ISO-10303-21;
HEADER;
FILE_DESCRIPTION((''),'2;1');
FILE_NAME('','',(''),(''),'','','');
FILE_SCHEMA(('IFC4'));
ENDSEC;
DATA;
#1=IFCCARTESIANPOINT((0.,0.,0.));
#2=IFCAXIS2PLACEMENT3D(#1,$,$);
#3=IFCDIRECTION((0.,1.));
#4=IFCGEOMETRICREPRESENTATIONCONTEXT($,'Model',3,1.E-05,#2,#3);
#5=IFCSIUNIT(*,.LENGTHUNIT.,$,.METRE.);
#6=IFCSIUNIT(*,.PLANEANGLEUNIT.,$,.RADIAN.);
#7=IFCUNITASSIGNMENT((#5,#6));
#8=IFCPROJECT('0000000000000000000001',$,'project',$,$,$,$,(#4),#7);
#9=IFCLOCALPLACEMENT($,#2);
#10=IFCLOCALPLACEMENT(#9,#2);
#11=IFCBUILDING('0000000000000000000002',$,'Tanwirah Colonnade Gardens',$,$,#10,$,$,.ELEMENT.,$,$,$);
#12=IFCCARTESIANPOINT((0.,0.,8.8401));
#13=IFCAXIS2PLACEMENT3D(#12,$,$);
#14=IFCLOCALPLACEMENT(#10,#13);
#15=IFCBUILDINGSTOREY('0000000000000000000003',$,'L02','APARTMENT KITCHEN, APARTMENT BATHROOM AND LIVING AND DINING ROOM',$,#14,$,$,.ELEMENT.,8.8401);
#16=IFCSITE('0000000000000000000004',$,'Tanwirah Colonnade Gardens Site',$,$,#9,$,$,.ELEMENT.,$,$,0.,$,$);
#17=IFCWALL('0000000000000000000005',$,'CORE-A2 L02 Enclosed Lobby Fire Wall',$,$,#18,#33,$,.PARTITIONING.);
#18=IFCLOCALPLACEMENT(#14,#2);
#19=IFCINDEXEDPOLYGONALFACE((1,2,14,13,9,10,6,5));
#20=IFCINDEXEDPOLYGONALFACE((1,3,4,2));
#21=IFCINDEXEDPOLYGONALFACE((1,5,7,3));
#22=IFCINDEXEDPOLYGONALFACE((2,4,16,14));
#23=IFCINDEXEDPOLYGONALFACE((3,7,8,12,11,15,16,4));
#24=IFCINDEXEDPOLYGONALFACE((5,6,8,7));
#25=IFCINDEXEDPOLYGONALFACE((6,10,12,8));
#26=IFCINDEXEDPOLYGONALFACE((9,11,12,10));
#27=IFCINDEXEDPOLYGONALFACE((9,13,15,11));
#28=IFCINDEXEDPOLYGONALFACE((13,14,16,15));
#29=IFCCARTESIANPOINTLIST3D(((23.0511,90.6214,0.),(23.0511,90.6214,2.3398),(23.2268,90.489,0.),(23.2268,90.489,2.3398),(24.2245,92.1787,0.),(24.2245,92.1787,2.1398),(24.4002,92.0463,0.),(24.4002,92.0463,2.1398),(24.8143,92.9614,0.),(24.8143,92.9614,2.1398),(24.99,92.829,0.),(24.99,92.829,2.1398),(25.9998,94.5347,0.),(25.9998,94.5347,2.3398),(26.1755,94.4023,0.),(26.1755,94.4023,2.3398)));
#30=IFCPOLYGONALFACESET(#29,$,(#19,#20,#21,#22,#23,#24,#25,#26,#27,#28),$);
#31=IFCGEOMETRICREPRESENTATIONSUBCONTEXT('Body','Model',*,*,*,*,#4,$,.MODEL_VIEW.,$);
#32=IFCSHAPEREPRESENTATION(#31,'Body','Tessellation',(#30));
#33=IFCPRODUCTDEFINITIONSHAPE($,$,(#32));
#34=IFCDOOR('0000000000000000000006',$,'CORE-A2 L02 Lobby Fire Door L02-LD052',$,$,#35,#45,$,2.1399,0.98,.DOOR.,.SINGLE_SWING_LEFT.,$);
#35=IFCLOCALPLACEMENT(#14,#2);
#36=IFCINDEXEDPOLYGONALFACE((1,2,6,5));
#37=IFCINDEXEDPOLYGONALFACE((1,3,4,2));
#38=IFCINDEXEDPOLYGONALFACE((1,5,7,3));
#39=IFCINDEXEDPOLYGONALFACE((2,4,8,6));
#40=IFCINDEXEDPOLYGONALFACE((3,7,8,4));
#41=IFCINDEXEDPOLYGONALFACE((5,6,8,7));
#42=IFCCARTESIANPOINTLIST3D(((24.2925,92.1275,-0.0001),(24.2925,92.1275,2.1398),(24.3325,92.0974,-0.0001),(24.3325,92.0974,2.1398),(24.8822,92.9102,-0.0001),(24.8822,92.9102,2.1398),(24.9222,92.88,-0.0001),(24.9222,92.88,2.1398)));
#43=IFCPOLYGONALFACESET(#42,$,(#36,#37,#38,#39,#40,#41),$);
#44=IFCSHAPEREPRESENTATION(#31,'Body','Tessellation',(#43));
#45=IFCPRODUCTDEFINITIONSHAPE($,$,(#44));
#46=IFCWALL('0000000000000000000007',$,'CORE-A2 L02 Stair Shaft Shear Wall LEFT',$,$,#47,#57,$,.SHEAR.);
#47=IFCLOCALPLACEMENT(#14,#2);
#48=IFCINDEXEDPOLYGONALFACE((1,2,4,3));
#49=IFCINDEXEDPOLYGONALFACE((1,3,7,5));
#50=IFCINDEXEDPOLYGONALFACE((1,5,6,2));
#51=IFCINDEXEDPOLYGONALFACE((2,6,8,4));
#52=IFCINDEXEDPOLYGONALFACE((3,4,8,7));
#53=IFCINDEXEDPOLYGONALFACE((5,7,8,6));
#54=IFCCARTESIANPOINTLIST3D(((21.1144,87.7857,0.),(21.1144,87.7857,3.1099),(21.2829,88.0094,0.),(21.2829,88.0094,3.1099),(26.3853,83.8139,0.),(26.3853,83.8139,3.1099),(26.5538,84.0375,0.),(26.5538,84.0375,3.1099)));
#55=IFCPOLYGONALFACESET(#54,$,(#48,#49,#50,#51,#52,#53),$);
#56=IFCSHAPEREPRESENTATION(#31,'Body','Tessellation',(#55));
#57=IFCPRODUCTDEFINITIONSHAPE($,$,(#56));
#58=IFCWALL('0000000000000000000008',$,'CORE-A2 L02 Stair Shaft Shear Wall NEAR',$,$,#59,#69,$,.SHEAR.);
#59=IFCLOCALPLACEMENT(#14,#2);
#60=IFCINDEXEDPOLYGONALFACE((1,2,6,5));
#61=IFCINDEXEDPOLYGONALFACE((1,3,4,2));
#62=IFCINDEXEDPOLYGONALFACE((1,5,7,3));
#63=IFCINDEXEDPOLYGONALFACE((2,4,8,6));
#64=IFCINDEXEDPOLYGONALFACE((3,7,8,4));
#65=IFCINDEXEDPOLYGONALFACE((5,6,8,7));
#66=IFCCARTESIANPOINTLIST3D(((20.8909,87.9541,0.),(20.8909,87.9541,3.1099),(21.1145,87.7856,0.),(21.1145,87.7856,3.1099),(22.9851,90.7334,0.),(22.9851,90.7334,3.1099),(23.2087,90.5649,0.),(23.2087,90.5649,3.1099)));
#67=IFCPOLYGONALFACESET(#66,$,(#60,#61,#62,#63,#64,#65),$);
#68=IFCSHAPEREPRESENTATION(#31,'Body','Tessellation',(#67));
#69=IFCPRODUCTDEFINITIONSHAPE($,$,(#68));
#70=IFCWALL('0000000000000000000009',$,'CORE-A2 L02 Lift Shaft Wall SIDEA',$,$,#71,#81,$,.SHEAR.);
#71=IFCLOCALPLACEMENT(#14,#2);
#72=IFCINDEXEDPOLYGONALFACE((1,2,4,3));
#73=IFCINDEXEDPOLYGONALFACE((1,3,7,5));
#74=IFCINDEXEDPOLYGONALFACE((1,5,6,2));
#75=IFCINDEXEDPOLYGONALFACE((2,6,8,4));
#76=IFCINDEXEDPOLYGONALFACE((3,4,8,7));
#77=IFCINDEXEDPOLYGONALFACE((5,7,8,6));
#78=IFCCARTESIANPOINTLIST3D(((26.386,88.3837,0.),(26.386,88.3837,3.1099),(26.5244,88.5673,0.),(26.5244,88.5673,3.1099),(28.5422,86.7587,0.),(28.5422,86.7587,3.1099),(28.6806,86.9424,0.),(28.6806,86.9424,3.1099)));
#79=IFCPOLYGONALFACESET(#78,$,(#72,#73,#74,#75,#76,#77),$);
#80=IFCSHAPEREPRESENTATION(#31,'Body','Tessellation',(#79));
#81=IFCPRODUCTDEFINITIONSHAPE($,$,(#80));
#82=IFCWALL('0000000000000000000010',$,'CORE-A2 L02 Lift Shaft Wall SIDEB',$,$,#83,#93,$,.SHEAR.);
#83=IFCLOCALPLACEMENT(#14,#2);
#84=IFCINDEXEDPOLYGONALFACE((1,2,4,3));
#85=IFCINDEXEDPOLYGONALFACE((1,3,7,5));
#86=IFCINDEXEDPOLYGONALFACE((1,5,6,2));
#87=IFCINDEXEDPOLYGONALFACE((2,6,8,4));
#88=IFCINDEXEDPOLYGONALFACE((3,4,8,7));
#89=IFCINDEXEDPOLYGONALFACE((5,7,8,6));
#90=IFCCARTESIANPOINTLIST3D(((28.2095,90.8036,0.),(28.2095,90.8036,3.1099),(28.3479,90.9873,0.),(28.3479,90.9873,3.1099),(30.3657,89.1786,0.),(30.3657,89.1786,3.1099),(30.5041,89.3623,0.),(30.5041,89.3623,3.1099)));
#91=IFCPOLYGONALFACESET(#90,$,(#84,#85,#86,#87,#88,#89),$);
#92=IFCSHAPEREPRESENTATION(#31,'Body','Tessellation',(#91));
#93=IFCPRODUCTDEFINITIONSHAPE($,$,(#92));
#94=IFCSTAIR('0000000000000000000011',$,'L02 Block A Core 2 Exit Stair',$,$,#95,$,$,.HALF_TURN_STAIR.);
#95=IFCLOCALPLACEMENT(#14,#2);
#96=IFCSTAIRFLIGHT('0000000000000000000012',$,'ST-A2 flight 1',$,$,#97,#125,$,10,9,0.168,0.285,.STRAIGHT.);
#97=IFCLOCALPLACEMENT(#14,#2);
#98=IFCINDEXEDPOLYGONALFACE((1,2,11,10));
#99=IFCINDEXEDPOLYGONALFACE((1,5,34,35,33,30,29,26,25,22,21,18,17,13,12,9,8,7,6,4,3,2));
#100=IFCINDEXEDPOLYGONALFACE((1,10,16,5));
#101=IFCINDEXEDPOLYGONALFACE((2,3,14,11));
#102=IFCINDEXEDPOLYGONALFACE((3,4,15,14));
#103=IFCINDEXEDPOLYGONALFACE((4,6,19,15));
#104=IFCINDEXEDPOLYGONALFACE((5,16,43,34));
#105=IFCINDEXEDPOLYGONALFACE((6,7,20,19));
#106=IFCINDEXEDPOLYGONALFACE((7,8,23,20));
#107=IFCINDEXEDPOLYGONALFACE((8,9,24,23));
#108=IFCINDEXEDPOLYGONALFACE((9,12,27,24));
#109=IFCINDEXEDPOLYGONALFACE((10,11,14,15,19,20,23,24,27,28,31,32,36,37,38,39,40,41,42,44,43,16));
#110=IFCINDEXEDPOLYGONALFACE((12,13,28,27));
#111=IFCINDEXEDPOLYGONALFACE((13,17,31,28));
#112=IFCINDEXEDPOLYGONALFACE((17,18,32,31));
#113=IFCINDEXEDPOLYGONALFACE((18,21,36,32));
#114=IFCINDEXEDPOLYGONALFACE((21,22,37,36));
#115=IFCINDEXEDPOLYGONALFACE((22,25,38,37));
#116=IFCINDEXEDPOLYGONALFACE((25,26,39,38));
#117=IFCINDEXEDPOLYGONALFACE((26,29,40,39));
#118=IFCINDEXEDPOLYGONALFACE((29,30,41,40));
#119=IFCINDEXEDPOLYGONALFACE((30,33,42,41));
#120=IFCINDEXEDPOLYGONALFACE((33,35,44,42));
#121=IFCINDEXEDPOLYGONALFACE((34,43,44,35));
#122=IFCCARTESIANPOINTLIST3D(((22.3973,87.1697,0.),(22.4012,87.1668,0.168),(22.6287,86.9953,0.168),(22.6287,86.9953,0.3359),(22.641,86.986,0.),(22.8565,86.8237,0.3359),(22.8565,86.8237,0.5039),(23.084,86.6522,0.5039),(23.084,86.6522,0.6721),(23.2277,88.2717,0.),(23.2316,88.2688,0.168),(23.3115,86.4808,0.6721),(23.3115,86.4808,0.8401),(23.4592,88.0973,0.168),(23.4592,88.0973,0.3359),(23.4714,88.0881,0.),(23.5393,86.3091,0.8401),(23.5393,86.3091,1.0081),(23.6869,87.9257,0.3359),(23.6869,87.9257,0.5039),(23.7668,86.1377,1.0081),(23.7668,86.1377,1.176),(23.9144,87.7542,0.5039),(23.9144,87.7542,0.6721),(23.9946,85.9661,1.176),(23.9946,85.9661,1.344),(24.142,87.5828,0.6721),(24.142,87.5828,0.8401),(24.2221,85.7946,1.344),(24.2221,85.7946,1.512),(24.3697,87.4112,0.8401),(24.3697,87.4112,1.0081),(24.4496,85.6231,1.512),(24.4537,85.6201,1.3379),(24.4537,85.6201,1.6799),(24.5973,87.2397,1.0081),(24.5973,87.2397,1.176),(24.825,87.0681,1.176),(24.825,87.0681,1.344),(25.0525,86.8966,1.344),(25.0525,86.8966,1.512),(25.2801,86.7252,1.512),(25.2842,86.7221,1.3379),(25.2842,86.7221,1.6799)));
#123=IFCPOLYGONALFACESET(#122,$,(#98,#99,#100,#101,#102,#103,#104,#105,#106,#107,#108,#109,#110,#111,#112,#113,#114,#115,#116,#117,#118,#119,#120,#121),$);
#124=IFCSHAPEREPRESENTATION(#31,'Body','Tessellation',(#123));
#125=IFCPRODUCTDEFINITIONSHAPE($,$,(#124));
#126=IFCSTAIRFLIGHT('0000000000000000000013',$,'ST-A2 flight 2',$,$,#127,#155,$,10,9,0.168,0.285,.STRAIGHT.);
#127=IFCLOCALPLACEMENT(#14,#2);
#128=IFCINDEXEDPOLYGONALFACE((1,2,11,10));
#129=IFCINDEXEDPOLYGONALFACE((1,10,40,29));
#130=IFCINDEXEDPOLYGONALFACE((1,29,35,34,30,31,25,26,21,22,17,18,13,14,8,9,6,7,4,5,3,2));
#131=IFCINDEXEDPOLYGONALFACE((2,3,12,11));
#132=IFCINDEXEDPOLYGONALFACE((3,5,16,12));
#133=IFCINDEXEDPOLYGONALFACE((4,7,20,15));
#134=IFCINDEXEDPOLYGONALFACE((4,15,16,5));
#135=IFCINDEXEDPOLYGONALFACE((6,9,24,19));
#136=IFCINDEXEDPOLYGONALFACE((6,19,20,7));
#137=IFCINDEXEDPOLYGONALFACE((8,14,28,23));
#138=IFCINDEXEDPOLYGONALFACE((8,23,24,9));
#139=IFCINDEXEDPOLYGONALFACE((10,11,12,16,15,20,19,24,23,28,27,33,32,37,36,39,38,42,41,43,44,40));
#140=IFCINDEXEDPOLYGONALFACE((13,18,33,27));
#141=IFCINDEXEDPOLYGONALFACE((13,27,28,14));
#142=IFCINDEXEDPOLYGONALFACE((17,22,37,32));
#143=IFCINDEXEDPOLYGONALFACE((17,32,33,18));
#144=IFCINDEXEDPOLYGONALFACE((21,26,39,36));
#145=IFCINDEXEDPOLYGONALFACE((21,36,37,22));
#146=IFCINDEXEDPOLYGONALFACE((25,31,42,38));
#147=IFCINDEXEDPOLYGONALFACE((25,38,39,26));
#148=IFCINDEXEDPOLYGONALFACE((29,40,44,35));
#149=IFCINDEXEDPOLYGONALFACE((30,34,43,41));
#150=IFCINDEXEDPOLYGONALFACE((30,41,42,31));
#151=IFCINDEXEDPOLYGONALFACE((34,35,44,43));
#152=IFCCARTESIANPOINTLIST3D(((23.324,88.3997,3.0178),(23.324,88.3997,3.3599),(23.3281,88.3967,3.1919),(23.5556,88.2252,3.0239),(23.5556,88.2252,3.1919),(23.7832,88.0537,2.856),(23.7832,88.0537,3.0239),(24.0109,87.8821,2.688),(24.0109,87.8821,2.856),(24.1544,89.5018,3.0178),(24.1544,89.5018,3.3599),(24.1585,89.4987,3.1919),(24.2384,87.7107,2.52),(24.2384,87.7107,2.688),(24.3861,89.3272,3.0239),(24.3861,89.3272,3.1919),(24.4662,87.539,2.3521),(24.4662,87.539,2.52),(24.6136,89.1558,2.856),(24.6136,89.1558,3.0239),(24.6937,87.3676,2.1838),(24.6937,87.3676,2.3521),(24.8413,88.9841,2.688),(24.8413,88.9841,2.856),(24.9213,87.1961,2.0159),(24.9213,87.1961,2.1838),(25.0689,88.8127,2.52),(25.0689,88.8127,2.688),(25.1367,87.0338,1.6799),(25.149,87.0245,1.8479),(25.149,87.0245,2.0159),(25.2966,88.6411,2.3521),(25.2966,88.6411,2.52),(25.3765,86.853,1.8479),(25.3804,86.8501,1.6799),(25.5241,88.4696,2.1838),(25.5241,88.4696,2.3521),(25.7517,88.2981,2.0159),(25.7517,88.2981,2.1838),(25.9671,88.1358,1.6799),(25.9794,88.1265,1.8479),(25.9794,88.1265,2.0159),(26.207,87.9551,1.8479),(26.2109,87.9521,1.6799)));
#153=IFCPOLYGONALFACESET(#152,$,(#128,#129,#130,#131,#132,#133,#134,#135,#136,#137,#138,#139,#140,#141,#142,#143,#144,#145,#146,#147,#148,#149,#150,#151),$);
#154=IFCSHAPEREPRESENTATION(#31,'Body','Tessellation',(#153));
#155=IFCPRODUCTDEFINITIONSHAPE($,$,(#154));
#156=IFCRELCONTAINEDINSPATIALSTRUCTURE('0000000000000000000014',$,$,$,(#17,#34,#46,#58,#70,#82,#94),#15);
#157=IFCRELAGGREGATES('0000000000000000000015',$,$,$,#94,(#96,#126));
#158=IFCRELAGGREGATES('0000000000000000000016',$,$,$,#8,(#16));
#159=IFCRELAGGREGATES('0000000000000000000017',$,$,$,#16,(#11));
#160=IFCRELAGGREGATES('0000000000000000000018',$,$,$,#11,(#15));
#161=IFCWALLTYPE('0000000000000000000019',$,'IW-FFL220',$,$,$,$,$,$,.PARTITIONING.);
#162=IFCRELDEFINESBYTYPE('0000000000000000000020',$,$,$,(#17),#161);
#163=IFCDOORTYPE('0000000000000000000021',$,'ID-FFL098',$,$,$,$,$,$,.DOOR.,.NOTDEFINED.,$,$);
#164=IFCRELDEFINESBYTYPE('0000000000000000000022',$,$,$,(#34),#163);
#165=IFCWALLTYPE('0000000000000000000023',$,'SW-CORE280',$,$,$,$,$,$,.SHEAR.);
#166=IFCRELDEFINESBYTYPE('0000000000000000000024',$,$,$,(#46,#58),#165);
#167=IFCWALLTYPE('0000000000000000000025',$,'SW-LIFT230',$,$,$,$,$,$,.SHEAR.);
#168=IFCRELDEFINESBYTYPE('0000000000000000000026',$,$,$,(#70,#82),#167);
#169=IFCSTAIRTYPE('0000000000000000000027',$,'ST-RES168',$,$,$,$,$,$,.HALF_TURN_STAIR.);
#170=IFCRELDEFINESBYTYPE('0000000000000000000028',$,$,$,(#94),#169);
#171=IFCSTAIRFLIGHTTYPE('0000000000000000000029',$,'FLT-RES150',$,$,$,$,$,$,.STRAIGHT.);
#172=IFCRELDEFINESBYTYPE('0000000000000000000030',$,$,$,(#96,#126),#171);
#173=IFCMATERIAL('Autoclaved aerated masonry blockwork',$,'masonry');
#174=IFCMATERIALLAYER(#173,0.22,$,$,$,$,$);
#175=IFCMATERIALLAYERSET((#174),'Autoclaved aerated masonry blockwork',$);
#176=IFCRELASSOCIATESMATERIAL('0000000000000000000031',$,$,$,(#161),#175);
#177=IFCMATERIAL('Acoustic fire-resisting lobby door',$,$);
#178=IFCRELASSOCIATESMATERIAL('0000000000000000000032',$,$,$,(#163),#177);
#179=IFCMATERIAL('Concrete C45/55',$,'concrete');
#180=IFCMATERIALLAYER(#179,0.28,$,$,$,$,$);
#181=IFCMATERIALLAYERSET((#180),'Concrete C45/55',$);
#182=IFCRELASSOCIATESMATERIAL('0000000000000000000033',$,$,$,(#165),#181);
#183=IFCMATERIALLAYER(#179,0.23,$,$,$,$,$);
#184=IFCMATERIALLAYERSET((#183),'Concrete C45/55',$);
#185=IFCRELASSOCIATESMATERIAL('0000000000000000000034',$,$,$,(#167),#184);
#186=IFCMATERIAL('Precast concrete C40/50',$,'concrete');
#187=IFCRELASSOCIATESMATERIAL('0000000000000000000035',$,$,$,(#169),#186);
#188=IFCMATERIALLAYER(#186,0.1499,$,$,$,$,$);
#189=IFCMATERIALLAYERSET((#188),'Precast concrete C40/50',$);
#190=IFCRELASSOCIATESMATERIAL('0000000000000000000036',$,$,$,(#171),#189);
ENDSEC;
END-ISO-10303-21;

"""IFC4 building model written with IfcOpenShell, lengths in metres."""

from ifc_helpers import new_model, si_unit, direction, frame, frame_2d, origin, place, context, subcontext, project, spatial, polyline, rectangle, outline, extrude, material, layer, layer_set, type_object, element, fill, aggregate, save


model = new_model("IFC4")

# Units and contexts
model_context = context("Model", 3, precision=1e-05, world=origin(), true_north=direction((0.0, 1.0)))
body_context = subcontext(model_context, "Body", "Model", "MODEL_VIEW")
ifc_project = project(units=[si_unit("LENGTHUNIT", "METRE"), si_unit("PLANEANGLEUNIT", "RADIAN")], contexts=[model_context])

# Site, building, storey
site_placement = place(None, origin())
site = spatial("IfcSite", under=ifc_project, at=site_placement, Name="Tanwirah Colonnade Gardens Site", CompositionType="ELEMENT", RefElevation=0.0)
building_placement = place(site_placement, origin())
building = spatial("IfcBuilding", under=site, at=building_placement, Name="Tanwirah Colonnade Gardens", CompositionType="ELEMENT")
storey_placement = place(building_placement, frame((0.0, 0.0, 8.8401)))
storey = spatial("IfcBuildingStorey", under=building, at=storey_placement, Name="L02", Description="APARTMENT KITCHEN, APARTMENT BATHROOM AND LIVING AND DINING ROOM", CompositionType="ELEMENT", Elevation=8.8401)

# Shared definitions
ifc_material_1 = material(Name="Precast concrete C40/50", Category="concrete")

# Wall, opening, door
ifc_material_2 = material(Name="Autoclaved aerated masonry blockwork", Category="masonry")
ifc_layer_1 = layer(ifc_material_2, 0.22)
ifc_layer_set_1 = layer_set([ifc_layer_1], Name="Autoclaved aerated masonry blockwork")
wall_type_1 = type_object("IfcWallType", Name="IW-FFL220", PredefinedType="PARTITIONING", material=ifc_layer_set_1)
wall_1_placement = place(storey_placement, frame((23.1389, 90.5552, 0.0), z_axis=(0.0, 0.0, 1.0), x_axis=(0.601792, 0.798653, 0.0)))
wall_1 = element("IfcWall", 1, at=wall_1_placement, inside=storey, type_object=wall_type_1, Name="CORE-A2 L02 Enclosed Lobby Fire Wall", PredefinedType="PARTITIONING", context=body_context, shape_type="SweptSolid", body=[
    extrude(rectangle(XDim=4.8999, YDim=0.22, at=frame_2d((2.45, 0.0))), origin(), (0.0, 0.0, 1.0), 2.3398),
])
opening_1_placement = place(wall_1_placement, frame((1.95, 0.0, 0.0)))
opening_1 = element("IfcOpeningElement", 2, at=opening_1_placement, cuts=wall_1, PredefinedType="OPENING", context=body_context, shape_type="SweptSolid", body=[
    extrude(rectangle(XDim=0.98, YDim=2.1399, at=frame_2d((0.49, 1.0698))), frame((0.0, 0.1199, 0.0), z_axis=(0.0, -1.0, 0.0), x_axis=(1.0, 0.0, 0.0)), (0.0, 0.0, 1.0), 0.24),
])
ifc_material_3 = material(Name="Acoustic fire-resisting lobby door")
door_type_1 = type_object("IfcDoorType", Name="ID-FFL098", OperationType="NOTDEFINED", PredefinedType="DOOR", material=ifc_material_3)
door_1_placement = place(opening_1_placement, origin())
door_1 = element("IfcDoor", 3, at=door_1_placement, inside=storey, type_object=door_type_1, Name="CORE-A2 L02 Lobby Fire Door L02-LD052", OperationType="SINGLE_SWING_LEFT", OverallHeight=2.1399, OverallWidth=0.98, PredefinedType="DOOR", context=body_context, shape_type="SweptSolid", body=[
    extrude(rectangle(XDim=0.98, YDim=2.1399, at=frame_2d((0.49, 1.0698))), frame((0.0, 0.0249, 0.0), z_axis=(0.0, -1.0, 0.0), x_axis=(1.0, 0.0, 0.0)), (0.0, 0.0, 1.0), 0.05),
])
fill(opening_1, door_1)

# Walls
ifc_material_4 = material(Name="Concrete C45/55", Category="concrete")
ifc_layer_2 = layer(ifc_material_4, 0.28)
ifc_layer_set_2 = layer_set([ifc_layer_2], Name="Concrete C45/55")
wall_type_2 = type_object("IfcWallType", Name="SW-CORE280", PredefinedType="SHEAR", material=ifc_layer_set_2)
wall_2_placement = place(storey_placement, frame((21.1987, 87.8975, 0.0), z_axis=(0.0, 0.0, 1.0), x_axis=(0.79864, -0.60181, 0.0)))
element("IfcWall", 4, at=wall_2_placement, inside=storey, type_object=wall_type_2, Name="CORE-A2 L02 Stair Shaft Shear Wall LEFT", PredefinedType="SHEAR", context=body_context, shape_type="SweptSolid", body=[
    extrude(rectangle(XDim=6.5999, YDim=0.28, at=frame_2d((3.2998, 0.0))), origin(), (0.0, 0.0, 1.0), 3.1099),
])
wall_3_placement = place(storey_placement, frame((21.0027, 87.8699, 0.0), z_axis=(0.0, 0.0, 1.0), x_axis=(0.601794, 0.798651, 0.0)))
element("IfcWall", 5, at=wall_3_placement, inside=storey, type_object=wall_type_2, Name="CORE-A2 L02 Stair Shaft Shear Wall NEAR", PredefinedType="SHEAR", context=body_context, shape_type="SweptSolid", body=[
    extrude(rectangle(XDim=3.48, YDim=0.28, at=frame_2d((1.74, 0.0))), origin(), (0.0, 0.0, 1.0), 3.1099),
])

# Shared definitions
ifc_layer_3 = layer(ifc_material_4, 0.23)
ifc_layer_set_3 = layer_set([ifc_layer_3], Name="Concrete C45/55")
wall_type_3 = type_object("IfcWallType", Name="SW-LIFT230", PredefinedType="SHEAR", material=ifc_layer_set_3)

# Walls
for number, where, z_axis, x_axis, name in (
    (6, (26.4551, 88.4756, 0.0), (0.0, 0.0, 1.0), (0.798609, -0.60185, 0.0), "CORE-A2 L02 Lift Shaft Wall SIDEA"),
    (7, (28.2786, 90.8955, 0.0), (0.0, 0.0, 1.0), (0.798609, -0.60185, 0.0), "CORE-A2 L02 Lift Shaft Wall SIDEB"),
):
    element("IfcWall", number, at=place(storey_placement, frame(where, z_axis=z_axis, x_axis=x_axis)), inside=storey, type_object=wall_type_3, Name=name, PredefinedType="SHEAR", context=body_context, shape_type="SweptSolid", body=[
        extrude(rectangle(XDim=2.7, YDim=0.23, at=frame_2d((1.3501, 0.0))), origin(), (0.0, 0.0, 1.0), 3.1099),
    ])

# Stair, stair flights
stair_type = type_object("IfcStairType", Name="ST-RES168", PredefinedType="HALF_TURN_STAIR", material=ifc_material_1)
stair_placement = place(storey_placement, origin())
stair = element("IfcStair", 8, at=stair_placement, inside=storey, type_object=stair_type, Name="L02 Block A Core 2 Exit Stair", PredefinedType="HALF_TURN_STAIR")
ifc_layer_4 = layer(ifc_material_1, 0.1499)
ifc_layer_set_4 = layer_set([ifc_layer_4], Name="Precast concrete C40/50")
stair_flight_type = type_object("IfcStairFlightType", Name="FLT-RES150", PredefinedType="STRAIGHT", material=ifc_layer_set_4)
stair_flight_1_placement = place(storey_placement, frame((22.8164, 87.7178, 0.0), z_axis=(0.0, 0.0, 1.0), x_axis=(0.798636, -0.601815, 0.0)))
stair_flight_1 = element("IfcStairFlight", 9, at=stair_flight_1_placement, type_object=stair_flight_type, Name="ST-A2 flight 1", NumberOfRisers=10, NumberOfTreads=9, PredefinedType="STRAIGHT", RiserHeight=0.168, TreadLength=0.285, context=body_context, shape_type="SweptSolid", body=[
    extrude(outline(polyline([(-0.0049, 0.0), (0.0, 0.168), (0.2849, 0.168), (0.2849, 0.3359), (0.5701, 0.3359), (0.5701, 0.5039), (0.855, 0.5039), (0.855, 0.6721), (1.1399, 0.6721), (1.1399, 0.8401), (1.425, 0.8401), (1.425, 1.0081), (1.71, 1.0081), (1.71, 1.176), (1.9951, 1.176), (1.9951, 1.344), (2.28, 1.344), (2.28, 1.512), (2.5649, 1.512), (2.5701, 1.6799), (2.5701, 1.3379), (0.3003, 0.0), (-0.0049, 0.0)])), frame((0.0, 0.6899, 0.0), z_axis=(0.0, -1.0, 0.0), x_axis=(1.0, 0.0, 0.0)), (0.0, 0.0, 1.0), 1.3799),
])
stair_flight_2_placement = place(storey_placement, frame((25.7917, 87.4041, 1.6799), z_axis=(0.0, 0.0, 1.0), x_axis=(-0.798636, 0.601815, 0.0)))
stair_flight_2 = element("IfcStairFlight", 10, at=stair_flight_2_placement, type_object=stair_flight_type, Name="ST-A2 flight 2", NumberOfRisers=10, NumberOfTreads=9, PredefinedType="STRAIGHT", RiserHeight=0.168, TreadLength=0.285, context=body_context, shape_type="SweptSolid", body=[
    extrude(outline(polyline([(-0.0049, 0.0), (0.0, 0.168), (0.2849, 0.168), (0.2849, 0.3359), (0.5701, 0.3359), (0.5701, 0.5039), (0.855, 0.5039), (0.855, 0.6721), (1.1399, 0.6721), (1.1399, 0.8401), (1.425, 0.8401), (1.425, 1.0081), (1.71, 1.0081), (1.71, 1.176), (1.9951, 1.176), (1.9951, 1.344), (2.28, 1.344), (2.28, 1.512), (2.5649, 1.512), (2.5701, 1.6799), (2.5701, 1.3379), (0.3003, 0.0), (-0.0049, 0.0)])), frame((0.0, 0.6899, 0.0), z_axis=(0.0, -1.0, 0.0), x_axis=(1.0, 0.0, 0.0)), (0.0, 0.0, 1.0), 1.3799),
])
aggregate(stair, [stair_flight_1, stair_flight_2])

save(model, "model.ifc")
